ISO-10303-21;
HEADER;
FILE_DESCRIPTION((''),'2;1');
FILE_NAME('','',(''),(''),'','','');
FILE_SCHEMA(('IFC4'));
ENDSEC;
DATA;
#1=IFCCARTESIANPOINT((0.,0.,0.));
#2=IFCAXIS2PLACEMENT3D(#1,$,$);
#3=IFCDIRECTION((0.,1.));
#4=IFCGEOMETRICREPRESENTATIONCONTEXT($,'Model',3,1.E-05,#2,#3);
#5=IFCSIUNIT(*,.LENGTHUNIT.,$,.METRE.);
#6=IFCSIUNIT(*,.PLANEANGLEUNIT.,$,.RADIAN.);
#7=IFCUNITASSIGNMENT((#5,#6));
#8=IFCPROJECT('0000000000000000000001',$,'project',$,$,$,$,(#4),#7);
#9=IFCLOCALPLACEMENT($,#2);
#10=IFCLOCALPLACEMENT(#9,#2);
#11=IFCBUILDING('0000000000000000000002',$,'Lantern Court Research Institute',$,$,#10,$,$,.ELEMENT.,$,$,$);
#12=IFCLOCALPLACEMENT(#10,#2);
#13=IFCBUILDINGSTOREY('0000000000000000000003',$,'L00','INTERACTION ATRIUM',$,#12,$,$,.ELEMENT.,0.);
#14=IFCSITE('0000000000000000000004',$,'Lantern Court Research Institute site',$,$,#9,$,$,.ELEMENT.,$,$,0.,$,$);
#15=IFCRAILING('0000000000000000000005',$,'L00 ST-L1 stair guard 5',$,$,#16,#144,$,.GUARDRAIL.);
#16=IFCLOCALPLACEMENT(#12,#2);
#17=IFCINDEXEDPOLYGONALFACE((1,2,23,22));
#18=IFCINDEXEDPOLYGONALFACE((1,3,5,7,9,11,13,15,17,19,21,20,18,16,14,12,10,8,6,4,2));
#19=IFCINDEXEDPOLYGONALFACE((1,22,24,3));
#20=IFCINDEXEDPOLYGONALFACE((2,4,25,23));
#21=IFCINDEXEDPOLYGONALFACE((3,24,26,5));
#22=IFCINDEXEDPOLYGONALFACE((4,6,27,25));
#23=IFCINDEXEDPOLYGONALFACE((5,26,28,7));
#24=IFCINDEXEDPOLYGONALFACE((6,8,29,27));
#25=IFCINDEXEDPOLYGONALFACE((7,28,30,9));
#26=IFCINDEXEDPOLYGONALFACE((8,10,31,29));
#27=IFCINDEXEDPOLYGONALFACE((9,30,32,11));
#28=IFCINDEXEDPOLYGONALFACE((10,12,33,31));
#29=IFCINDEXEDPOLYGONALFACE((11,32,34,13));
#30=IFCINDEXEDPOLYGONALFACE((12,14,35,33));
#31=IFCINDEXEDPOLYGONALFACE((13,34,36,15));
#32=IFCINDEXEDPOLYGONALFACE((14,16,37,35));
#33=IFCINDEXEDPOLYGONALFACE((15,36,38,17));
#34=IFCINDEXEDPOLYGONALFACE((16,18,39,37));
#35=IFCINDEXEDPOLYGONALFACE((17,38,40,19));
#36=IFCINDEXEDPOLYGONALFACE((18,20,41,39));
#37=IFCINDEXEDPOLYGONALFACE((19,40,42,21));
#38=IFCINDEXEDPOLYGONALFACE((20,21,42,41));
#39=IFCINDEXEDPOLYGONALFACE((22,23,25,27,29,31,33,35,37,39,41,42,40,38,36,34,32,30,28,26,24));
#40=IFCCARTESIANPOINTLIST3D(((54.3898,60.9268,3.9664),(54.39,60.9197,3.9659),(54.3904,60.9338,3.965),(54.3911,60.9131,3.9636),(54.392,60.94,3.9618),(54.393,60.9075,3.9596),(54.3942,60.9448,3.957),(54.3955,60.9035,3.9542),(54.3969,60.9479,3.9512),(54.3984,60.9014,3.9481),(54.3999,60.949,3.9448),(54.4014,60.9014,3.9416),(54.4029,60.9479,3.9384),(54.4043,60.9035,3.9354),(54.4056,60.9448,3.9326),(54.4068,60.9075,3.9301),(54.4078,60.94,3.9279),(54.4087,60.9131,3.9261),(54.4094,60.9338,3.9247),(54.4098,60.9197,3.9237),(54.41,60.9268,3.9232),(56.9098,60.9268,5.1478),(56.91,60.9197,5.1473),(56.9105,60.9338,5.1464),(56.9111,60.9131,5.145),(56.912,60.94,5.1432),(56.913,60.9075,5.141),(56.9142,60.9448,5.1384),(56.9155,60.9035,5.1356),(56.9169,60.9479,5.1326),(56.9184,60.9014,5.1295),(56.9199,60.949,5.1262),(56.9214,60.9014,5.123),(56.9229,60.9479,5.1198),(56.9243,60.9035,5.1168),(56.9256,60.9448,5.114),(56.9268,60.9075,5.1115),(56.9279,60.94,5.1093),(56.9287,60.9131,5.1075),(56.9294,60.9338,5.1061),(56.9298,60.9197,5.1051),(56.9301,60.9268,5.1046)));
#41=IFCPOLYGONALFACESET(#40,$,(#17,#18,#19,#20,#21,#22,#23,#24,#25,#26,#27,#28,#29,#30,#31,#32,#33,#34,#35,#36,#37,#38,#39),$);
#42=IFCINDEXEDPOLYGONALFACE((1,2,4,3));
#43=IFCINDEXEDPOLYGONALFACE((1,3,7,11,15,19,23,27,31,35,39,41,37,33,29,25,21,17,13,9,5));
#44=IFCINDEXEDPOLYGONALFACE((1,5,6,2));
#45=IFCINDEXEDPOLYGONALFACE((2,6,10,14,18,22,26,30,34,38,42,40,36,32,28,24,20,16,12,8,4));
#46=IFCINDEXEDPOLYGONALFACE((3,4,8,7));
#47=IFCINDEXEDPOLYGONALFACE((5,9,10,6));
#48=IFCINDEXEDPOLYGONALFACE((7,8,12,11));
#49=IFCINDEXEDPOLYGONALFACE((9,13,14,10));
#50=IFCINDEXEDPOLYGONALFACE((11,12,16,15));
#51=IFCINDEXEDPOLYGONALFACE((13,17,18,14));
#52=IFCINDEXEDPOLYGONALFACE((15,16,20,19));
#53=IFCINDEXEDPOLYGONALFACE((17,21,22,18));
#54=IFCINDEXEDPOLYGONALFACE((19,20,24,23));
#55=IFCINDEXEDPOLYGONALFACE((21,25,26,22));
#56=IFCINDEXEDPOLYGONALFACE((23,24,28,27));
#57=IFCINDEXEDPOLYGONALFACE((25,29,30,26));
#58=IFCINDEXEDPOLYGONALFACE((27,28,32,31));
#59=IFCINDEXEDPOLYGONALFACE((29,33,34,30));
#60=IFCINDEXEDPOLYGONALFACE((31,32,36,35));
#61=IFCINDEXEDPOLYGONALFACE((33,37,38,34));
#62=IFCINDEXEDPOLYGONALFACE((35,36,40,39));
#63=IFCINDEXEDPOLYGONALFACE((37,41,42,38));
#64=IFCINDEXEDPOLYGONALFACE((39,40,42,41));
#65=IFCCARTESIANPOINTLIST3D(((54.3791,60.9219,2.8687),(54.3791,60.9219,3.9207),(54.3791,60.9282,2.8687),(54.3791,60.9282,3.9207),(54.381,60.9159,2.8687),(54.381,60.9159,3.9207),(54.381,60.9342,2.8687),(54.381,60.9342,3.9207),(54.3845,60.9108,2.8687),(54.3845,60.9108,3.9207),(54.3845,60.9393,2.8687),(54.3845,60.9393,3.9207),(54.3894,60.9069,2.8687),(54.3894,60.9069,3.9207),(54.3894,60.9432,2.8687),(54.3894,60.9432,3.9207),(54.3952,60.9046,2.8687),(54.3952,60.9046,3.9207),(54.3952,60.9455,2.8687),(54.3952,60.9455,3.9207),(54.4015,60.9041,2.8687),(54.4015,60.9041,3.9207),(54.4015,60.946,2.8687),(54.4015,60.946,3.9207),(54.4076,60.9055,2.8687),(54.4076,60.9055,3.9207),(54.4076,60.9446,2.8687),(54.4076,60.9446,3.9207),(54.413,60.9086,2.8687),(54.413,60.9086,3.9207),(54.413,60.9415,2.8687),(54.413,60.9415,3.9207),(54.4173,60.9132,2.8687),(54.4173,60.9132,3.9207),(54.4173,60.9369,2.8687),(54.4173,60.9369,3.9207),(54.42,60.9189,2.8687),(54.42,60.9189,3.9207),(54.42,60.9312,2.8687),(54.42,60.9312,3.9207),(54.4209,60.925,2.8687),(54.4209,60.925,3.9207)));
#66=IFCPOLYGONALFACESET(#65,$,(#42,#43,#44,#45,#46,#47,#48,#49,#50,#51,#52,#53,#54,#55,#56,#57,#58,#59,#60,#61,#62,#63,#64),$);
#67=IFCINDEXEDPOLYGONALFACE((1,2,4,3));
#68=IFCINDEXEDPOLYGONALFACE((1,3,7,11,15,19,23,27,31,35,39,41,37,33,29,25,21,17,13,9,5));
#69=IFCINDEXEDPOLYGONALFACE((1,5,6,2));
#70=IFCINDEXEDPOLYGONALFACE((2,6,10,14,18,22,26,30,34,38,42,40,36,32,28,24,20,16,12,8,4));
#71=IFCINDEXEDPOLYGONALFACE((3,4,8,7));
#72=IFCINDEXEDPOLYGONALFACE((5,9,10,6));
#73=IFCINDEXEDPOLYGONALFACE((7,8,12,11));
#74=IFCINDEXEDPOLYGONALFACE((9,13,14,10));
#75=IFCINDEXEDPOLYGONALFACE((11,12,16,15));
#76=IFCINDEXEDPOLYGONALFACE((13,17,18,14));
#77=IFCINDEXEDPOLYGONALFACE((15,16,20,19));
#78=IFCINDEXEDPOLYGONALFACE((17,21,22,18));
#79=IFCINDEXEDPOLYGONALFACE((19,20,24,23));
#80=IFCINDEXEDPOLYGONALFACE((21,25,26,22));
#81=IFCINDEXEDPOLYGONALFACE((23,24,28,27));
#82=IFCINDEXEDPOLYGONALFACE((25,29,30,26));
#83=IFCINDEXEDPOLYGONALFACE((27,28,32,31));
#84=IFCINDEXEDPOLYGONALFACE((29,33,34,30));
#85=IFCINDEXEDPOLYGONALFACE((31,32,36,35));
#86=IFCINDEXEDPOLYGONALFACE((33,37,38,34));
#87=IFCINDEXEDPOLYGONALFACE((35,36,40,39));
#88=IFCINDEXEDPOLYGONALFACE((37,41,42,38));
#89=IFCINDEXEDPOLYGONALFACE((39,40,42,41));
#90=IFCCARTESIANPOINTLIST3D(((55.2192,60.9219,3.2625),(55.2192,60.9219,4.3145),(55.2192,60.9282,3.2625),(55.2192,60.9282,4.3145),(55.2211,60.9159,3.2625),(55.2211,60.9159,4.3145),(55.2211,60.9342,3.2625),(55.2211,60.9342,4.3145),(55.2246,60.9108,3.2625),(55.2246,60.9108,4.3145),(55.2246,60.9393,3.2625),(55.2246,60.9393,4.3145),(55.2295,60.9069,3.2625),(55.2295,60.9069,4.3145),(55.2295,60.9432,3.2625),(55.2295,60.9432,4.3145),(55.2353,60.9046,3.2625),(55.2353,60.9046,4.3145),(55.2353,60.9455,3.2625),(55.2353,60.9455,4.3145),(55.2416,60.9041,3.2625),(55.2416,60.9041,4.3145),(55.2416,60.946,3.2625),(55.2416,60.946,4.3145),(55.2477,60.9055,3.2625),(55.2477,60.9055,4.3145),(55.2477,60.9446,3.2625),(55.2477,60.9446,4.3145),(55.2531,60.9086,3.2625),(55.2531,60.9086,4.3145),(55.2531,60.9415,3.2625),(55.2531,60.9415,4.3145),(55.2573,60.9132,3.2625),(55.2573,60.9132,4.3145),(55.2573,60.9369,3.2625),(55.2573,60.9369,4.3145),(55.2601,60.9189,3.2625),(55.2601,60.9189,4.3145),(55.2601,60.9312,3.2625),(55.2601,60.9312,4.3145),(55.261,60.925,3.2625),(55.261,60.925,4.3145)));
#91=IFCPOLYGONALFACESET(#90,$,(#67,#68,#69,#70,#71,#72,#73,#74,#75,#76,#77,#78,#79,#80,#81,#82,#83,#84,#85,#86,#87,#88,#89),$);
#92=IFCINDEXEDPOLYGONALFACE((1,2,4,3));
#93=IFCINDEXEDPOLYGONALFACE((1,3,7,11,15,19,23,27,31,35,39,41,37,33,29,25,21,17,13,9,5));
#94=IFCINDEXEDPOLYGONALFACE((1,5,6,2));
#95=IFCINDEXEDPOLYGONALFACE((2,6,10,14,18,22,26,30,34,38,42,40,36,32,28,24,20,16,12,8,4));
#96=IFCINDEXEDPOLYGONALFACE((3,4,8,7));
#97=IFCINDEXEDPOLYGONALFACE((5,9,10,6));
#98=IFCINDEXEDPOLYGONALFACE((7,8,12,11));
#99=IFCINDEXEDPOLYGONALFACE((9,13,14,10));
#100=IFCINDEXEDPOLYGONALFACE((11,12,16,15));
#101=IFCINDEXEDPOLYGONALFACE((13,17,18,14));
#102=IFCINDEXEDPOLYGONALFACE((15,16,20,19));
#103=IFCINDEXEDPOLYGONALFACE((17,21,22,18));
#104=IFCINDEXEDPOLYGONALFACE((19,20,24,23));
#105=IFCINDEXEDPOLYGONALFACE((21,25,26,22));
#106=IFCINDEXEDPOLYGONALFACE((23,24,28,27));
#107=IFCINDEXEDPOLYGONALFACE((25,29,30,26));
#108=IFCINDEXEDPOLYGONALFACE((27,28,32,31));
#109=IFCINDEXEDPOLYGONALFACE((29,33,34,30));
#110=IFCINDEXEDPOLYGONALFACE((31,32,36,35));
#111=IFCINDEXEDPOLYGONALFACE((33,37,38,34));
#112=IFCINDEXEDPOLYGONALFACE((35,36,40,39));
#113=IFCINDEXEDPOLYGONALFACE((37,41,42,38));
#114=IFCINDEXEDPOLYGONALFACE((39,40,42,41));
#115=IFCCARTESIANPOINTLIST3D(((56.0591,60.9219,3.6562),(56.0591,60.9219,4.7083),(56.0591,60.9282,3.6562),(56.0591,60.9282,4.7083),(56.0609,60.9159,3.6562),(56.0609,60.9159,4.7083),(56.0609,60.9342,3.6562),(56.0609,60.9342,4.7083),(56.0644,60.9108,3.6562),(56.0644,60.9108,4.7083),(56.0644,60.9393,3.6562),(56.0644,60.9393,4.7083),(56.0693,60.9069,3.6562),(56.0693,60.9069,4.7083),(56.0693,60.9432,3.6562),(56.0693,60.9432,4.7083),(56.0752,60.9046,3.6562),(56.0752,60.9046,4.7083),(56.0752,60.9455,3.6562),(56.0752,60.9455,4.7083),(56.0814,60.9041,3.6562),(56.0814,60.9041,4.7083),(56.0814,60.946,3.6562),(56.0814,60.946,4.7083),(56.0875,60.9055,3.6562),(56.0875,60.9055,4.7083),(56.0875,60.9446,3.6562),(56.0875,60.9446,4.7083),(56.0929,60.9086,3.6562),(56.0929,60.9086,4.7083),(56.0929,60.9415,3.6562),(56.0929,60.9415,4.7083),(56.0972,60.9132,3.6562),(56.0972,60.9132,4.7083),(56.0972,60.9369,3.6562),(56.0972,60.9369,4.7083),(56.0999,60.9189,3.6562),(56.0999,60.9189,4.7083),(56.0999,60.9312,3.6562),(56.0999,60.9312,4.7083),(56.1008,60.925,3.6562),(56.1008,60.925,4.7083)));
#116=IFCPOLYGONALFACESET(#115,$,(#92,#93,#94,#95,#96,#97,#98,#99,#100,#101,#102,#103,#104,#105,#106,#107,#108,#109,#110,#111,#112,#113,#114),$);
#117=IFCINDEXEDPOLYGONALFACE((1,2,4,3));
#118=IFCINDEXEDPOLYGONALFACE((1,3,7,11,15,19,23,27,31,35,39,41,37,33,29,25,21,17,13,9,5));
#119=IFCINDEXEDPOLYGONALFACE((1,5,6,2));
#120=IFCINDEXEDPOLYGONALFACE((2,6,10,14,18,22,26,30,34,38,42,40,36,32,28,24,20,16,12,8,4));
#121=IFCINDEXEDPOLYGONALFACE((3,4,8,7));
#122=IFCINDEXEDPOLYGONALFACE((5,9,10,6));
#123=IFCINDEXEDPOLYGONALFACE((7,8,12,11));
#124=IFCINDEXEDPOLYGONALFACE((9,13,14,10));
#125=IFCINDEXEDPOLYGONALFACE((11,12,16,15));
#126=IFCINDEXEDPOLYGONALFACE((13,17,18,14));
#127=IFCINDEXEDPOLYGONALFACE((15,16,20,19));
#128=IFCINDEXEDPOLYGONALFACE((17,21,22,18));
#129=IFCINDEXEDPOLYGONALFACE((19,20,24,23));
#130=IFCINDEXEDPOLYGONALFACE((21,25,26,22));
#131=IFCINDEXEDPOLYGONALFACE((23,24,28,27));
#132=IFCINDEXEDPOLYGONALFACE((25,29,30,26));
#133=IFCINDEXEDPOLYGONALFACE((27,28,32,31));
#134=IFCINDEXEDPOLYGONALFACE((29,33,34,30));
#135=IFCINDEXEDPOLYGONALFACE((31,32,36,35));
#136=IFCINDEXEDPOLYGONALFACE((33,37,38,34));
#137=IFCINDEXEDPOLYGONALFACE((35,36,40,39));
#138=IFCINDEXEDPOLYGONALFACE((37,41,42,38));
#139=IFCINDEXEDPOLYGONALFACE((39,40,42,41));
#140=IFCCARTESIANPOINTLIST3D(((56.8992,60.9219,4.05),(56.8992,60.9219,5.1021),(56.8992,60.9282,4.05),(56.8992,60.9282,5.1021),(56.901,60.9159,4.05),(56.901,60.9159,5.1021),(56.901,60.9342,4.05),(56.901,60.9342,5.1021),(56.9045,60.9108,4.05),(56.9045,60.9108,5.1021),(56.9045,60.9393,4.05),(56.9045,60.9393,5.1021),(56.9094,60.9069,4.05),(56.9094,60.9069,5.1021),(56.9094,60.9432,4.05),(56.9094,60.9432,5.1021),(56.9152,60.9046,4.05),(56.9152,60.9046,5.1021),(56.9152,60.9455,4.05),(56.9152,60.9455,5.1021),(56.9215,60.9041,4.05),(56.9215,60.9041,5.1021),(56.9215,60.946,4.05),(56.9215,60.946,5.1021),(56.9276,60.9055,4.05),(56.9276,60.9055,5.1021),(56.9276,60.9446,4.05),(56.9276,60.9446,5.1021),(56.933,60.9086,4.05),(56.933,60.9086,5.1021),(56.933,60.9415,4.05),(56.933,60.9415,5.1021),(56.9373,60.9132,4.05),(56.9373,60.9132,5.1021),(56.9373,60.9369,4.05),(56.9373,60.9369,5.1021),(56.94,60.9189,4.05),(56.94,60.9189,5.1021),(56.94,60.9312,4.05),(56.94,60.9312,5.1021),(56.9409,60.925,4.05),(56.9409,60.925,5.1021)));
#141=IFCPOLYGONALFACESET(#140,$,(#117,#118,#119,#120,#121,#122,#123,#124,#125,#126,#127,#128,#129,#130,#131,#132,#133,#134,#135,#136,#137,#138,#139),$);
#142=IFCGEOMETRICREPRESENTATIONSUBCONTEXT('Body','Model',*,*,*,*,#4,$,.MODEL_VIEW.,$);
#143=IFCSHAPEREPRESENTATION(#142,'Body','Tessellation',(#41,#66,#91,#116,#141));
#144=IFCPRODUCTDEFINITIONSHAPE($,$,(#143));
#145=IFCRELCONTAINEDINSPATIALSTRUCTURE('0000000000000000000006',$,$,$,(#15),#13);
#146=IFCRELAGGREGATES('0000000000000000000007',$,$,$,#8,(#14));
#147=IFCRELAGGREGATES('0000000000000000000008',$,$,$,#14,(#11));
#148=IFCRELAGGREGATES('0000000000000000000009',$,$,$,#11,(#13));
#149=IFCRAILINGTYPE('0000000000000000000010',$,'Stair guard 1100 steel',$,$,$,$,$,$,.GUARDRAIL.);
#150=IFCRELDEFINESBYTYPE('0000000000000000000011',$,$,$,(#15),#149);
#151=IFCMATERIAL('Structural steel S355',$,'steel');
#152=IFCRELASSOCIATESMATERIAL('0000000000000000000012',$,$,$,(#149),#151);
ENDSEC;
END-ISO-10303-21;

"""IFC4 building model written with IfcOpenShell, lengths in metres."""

from ifc_helpers import new_model, si_unit, direction, frame, origin, origin_2d, place, context, subcontext, project, spatial, circle, extrude, material, type_object, element, save


model = new_model("IFC4")

# Units and contexts
model_context = context("Model", 3, precision=1e-05, world=origin(), true_north=direction((0.0, 1.0)))
body_context = subcontext(model_context, "Body", "Model", "MODEL_VIEW")
ifc_project = project(units=[si_unit("LENGTHUNIT", "METRE"), si_unit("PLANEANGLEUNIT", "RADIAN")], contexts=[model_context])

# Site, building, storey
site_placement = place(None, origin())
site = spatial("IfcSite", under=ifc_project, at=site_placement, Name="Lantern Court Research Institute site", CompositionType="ELEMENT", RefElevation=0.0)
building_placement = place(site_placement, origin())
building = spatial("IfcBuilding", under=site, at=building_placement, Name="Lantern Court Research Institute", CompositionType="ELEMENT")
storey_placement = place(building_placement, origin())
storey = spatial("IfcBuildingStorey", under=building, at=storey_placement, Name="L00", Description="INTERACTION ATRIUM", CompositionType="ELEMENT", Elevation=0.0)

# Railing
ifc_material_1 = material(Name="Structural steel S355", Category="steel")
railing_type_1 = type_object("IfcRailingType", Name="Stair guard 1100 steel", PredefinedType="GUARDRAIL", material=ifc_material_1)
for number, where, name in (
    (1, (54.3999, 60.925, 2.8687), "L00 ST-L1 stair guard 5"),
):
    element("IfcRailing", number, at=place(storey_placement, frame(where)), inside=storey, type_object=railing_type_1, Name=name, PredefinedType="GUARDRAIL", context=body_context, shape_type="SweptSolid", body=[
        extrude(circle(Radius=0.0239, at=origin_2d()), frame((0.0, 0.0, 1.0762), z_axis=(0.90544, 0.0, 0.424474), x_axis=(0.0, 1.0, 0.0)), (0.0, 0.0, 1.0), 2.7832),
        extrude(circle(Radius=0.021, at=origin_2d()), origin(), (0.0, 0.0, 1.0), 1.052),
        extrude(circle(Radius=0.021, at=origin_2d()), frame((0.8401, 0.0, 0.3938)), (0.0, 0.0, 1.0), 1.052),
        extrude(circle(Radius=0.021, at=origin_2d()), frame((1.6799, 0.0, 0.7876)), (0.0, 0.0, 1.0), 1.052),
        extrude(circle(Radius=0.021, at=origin_2d()), frame((2.52, 0.0, 1.1814)), (0.0, 0.0, 1.0), 1.052),
    ])

save(model, "model.ifc")
